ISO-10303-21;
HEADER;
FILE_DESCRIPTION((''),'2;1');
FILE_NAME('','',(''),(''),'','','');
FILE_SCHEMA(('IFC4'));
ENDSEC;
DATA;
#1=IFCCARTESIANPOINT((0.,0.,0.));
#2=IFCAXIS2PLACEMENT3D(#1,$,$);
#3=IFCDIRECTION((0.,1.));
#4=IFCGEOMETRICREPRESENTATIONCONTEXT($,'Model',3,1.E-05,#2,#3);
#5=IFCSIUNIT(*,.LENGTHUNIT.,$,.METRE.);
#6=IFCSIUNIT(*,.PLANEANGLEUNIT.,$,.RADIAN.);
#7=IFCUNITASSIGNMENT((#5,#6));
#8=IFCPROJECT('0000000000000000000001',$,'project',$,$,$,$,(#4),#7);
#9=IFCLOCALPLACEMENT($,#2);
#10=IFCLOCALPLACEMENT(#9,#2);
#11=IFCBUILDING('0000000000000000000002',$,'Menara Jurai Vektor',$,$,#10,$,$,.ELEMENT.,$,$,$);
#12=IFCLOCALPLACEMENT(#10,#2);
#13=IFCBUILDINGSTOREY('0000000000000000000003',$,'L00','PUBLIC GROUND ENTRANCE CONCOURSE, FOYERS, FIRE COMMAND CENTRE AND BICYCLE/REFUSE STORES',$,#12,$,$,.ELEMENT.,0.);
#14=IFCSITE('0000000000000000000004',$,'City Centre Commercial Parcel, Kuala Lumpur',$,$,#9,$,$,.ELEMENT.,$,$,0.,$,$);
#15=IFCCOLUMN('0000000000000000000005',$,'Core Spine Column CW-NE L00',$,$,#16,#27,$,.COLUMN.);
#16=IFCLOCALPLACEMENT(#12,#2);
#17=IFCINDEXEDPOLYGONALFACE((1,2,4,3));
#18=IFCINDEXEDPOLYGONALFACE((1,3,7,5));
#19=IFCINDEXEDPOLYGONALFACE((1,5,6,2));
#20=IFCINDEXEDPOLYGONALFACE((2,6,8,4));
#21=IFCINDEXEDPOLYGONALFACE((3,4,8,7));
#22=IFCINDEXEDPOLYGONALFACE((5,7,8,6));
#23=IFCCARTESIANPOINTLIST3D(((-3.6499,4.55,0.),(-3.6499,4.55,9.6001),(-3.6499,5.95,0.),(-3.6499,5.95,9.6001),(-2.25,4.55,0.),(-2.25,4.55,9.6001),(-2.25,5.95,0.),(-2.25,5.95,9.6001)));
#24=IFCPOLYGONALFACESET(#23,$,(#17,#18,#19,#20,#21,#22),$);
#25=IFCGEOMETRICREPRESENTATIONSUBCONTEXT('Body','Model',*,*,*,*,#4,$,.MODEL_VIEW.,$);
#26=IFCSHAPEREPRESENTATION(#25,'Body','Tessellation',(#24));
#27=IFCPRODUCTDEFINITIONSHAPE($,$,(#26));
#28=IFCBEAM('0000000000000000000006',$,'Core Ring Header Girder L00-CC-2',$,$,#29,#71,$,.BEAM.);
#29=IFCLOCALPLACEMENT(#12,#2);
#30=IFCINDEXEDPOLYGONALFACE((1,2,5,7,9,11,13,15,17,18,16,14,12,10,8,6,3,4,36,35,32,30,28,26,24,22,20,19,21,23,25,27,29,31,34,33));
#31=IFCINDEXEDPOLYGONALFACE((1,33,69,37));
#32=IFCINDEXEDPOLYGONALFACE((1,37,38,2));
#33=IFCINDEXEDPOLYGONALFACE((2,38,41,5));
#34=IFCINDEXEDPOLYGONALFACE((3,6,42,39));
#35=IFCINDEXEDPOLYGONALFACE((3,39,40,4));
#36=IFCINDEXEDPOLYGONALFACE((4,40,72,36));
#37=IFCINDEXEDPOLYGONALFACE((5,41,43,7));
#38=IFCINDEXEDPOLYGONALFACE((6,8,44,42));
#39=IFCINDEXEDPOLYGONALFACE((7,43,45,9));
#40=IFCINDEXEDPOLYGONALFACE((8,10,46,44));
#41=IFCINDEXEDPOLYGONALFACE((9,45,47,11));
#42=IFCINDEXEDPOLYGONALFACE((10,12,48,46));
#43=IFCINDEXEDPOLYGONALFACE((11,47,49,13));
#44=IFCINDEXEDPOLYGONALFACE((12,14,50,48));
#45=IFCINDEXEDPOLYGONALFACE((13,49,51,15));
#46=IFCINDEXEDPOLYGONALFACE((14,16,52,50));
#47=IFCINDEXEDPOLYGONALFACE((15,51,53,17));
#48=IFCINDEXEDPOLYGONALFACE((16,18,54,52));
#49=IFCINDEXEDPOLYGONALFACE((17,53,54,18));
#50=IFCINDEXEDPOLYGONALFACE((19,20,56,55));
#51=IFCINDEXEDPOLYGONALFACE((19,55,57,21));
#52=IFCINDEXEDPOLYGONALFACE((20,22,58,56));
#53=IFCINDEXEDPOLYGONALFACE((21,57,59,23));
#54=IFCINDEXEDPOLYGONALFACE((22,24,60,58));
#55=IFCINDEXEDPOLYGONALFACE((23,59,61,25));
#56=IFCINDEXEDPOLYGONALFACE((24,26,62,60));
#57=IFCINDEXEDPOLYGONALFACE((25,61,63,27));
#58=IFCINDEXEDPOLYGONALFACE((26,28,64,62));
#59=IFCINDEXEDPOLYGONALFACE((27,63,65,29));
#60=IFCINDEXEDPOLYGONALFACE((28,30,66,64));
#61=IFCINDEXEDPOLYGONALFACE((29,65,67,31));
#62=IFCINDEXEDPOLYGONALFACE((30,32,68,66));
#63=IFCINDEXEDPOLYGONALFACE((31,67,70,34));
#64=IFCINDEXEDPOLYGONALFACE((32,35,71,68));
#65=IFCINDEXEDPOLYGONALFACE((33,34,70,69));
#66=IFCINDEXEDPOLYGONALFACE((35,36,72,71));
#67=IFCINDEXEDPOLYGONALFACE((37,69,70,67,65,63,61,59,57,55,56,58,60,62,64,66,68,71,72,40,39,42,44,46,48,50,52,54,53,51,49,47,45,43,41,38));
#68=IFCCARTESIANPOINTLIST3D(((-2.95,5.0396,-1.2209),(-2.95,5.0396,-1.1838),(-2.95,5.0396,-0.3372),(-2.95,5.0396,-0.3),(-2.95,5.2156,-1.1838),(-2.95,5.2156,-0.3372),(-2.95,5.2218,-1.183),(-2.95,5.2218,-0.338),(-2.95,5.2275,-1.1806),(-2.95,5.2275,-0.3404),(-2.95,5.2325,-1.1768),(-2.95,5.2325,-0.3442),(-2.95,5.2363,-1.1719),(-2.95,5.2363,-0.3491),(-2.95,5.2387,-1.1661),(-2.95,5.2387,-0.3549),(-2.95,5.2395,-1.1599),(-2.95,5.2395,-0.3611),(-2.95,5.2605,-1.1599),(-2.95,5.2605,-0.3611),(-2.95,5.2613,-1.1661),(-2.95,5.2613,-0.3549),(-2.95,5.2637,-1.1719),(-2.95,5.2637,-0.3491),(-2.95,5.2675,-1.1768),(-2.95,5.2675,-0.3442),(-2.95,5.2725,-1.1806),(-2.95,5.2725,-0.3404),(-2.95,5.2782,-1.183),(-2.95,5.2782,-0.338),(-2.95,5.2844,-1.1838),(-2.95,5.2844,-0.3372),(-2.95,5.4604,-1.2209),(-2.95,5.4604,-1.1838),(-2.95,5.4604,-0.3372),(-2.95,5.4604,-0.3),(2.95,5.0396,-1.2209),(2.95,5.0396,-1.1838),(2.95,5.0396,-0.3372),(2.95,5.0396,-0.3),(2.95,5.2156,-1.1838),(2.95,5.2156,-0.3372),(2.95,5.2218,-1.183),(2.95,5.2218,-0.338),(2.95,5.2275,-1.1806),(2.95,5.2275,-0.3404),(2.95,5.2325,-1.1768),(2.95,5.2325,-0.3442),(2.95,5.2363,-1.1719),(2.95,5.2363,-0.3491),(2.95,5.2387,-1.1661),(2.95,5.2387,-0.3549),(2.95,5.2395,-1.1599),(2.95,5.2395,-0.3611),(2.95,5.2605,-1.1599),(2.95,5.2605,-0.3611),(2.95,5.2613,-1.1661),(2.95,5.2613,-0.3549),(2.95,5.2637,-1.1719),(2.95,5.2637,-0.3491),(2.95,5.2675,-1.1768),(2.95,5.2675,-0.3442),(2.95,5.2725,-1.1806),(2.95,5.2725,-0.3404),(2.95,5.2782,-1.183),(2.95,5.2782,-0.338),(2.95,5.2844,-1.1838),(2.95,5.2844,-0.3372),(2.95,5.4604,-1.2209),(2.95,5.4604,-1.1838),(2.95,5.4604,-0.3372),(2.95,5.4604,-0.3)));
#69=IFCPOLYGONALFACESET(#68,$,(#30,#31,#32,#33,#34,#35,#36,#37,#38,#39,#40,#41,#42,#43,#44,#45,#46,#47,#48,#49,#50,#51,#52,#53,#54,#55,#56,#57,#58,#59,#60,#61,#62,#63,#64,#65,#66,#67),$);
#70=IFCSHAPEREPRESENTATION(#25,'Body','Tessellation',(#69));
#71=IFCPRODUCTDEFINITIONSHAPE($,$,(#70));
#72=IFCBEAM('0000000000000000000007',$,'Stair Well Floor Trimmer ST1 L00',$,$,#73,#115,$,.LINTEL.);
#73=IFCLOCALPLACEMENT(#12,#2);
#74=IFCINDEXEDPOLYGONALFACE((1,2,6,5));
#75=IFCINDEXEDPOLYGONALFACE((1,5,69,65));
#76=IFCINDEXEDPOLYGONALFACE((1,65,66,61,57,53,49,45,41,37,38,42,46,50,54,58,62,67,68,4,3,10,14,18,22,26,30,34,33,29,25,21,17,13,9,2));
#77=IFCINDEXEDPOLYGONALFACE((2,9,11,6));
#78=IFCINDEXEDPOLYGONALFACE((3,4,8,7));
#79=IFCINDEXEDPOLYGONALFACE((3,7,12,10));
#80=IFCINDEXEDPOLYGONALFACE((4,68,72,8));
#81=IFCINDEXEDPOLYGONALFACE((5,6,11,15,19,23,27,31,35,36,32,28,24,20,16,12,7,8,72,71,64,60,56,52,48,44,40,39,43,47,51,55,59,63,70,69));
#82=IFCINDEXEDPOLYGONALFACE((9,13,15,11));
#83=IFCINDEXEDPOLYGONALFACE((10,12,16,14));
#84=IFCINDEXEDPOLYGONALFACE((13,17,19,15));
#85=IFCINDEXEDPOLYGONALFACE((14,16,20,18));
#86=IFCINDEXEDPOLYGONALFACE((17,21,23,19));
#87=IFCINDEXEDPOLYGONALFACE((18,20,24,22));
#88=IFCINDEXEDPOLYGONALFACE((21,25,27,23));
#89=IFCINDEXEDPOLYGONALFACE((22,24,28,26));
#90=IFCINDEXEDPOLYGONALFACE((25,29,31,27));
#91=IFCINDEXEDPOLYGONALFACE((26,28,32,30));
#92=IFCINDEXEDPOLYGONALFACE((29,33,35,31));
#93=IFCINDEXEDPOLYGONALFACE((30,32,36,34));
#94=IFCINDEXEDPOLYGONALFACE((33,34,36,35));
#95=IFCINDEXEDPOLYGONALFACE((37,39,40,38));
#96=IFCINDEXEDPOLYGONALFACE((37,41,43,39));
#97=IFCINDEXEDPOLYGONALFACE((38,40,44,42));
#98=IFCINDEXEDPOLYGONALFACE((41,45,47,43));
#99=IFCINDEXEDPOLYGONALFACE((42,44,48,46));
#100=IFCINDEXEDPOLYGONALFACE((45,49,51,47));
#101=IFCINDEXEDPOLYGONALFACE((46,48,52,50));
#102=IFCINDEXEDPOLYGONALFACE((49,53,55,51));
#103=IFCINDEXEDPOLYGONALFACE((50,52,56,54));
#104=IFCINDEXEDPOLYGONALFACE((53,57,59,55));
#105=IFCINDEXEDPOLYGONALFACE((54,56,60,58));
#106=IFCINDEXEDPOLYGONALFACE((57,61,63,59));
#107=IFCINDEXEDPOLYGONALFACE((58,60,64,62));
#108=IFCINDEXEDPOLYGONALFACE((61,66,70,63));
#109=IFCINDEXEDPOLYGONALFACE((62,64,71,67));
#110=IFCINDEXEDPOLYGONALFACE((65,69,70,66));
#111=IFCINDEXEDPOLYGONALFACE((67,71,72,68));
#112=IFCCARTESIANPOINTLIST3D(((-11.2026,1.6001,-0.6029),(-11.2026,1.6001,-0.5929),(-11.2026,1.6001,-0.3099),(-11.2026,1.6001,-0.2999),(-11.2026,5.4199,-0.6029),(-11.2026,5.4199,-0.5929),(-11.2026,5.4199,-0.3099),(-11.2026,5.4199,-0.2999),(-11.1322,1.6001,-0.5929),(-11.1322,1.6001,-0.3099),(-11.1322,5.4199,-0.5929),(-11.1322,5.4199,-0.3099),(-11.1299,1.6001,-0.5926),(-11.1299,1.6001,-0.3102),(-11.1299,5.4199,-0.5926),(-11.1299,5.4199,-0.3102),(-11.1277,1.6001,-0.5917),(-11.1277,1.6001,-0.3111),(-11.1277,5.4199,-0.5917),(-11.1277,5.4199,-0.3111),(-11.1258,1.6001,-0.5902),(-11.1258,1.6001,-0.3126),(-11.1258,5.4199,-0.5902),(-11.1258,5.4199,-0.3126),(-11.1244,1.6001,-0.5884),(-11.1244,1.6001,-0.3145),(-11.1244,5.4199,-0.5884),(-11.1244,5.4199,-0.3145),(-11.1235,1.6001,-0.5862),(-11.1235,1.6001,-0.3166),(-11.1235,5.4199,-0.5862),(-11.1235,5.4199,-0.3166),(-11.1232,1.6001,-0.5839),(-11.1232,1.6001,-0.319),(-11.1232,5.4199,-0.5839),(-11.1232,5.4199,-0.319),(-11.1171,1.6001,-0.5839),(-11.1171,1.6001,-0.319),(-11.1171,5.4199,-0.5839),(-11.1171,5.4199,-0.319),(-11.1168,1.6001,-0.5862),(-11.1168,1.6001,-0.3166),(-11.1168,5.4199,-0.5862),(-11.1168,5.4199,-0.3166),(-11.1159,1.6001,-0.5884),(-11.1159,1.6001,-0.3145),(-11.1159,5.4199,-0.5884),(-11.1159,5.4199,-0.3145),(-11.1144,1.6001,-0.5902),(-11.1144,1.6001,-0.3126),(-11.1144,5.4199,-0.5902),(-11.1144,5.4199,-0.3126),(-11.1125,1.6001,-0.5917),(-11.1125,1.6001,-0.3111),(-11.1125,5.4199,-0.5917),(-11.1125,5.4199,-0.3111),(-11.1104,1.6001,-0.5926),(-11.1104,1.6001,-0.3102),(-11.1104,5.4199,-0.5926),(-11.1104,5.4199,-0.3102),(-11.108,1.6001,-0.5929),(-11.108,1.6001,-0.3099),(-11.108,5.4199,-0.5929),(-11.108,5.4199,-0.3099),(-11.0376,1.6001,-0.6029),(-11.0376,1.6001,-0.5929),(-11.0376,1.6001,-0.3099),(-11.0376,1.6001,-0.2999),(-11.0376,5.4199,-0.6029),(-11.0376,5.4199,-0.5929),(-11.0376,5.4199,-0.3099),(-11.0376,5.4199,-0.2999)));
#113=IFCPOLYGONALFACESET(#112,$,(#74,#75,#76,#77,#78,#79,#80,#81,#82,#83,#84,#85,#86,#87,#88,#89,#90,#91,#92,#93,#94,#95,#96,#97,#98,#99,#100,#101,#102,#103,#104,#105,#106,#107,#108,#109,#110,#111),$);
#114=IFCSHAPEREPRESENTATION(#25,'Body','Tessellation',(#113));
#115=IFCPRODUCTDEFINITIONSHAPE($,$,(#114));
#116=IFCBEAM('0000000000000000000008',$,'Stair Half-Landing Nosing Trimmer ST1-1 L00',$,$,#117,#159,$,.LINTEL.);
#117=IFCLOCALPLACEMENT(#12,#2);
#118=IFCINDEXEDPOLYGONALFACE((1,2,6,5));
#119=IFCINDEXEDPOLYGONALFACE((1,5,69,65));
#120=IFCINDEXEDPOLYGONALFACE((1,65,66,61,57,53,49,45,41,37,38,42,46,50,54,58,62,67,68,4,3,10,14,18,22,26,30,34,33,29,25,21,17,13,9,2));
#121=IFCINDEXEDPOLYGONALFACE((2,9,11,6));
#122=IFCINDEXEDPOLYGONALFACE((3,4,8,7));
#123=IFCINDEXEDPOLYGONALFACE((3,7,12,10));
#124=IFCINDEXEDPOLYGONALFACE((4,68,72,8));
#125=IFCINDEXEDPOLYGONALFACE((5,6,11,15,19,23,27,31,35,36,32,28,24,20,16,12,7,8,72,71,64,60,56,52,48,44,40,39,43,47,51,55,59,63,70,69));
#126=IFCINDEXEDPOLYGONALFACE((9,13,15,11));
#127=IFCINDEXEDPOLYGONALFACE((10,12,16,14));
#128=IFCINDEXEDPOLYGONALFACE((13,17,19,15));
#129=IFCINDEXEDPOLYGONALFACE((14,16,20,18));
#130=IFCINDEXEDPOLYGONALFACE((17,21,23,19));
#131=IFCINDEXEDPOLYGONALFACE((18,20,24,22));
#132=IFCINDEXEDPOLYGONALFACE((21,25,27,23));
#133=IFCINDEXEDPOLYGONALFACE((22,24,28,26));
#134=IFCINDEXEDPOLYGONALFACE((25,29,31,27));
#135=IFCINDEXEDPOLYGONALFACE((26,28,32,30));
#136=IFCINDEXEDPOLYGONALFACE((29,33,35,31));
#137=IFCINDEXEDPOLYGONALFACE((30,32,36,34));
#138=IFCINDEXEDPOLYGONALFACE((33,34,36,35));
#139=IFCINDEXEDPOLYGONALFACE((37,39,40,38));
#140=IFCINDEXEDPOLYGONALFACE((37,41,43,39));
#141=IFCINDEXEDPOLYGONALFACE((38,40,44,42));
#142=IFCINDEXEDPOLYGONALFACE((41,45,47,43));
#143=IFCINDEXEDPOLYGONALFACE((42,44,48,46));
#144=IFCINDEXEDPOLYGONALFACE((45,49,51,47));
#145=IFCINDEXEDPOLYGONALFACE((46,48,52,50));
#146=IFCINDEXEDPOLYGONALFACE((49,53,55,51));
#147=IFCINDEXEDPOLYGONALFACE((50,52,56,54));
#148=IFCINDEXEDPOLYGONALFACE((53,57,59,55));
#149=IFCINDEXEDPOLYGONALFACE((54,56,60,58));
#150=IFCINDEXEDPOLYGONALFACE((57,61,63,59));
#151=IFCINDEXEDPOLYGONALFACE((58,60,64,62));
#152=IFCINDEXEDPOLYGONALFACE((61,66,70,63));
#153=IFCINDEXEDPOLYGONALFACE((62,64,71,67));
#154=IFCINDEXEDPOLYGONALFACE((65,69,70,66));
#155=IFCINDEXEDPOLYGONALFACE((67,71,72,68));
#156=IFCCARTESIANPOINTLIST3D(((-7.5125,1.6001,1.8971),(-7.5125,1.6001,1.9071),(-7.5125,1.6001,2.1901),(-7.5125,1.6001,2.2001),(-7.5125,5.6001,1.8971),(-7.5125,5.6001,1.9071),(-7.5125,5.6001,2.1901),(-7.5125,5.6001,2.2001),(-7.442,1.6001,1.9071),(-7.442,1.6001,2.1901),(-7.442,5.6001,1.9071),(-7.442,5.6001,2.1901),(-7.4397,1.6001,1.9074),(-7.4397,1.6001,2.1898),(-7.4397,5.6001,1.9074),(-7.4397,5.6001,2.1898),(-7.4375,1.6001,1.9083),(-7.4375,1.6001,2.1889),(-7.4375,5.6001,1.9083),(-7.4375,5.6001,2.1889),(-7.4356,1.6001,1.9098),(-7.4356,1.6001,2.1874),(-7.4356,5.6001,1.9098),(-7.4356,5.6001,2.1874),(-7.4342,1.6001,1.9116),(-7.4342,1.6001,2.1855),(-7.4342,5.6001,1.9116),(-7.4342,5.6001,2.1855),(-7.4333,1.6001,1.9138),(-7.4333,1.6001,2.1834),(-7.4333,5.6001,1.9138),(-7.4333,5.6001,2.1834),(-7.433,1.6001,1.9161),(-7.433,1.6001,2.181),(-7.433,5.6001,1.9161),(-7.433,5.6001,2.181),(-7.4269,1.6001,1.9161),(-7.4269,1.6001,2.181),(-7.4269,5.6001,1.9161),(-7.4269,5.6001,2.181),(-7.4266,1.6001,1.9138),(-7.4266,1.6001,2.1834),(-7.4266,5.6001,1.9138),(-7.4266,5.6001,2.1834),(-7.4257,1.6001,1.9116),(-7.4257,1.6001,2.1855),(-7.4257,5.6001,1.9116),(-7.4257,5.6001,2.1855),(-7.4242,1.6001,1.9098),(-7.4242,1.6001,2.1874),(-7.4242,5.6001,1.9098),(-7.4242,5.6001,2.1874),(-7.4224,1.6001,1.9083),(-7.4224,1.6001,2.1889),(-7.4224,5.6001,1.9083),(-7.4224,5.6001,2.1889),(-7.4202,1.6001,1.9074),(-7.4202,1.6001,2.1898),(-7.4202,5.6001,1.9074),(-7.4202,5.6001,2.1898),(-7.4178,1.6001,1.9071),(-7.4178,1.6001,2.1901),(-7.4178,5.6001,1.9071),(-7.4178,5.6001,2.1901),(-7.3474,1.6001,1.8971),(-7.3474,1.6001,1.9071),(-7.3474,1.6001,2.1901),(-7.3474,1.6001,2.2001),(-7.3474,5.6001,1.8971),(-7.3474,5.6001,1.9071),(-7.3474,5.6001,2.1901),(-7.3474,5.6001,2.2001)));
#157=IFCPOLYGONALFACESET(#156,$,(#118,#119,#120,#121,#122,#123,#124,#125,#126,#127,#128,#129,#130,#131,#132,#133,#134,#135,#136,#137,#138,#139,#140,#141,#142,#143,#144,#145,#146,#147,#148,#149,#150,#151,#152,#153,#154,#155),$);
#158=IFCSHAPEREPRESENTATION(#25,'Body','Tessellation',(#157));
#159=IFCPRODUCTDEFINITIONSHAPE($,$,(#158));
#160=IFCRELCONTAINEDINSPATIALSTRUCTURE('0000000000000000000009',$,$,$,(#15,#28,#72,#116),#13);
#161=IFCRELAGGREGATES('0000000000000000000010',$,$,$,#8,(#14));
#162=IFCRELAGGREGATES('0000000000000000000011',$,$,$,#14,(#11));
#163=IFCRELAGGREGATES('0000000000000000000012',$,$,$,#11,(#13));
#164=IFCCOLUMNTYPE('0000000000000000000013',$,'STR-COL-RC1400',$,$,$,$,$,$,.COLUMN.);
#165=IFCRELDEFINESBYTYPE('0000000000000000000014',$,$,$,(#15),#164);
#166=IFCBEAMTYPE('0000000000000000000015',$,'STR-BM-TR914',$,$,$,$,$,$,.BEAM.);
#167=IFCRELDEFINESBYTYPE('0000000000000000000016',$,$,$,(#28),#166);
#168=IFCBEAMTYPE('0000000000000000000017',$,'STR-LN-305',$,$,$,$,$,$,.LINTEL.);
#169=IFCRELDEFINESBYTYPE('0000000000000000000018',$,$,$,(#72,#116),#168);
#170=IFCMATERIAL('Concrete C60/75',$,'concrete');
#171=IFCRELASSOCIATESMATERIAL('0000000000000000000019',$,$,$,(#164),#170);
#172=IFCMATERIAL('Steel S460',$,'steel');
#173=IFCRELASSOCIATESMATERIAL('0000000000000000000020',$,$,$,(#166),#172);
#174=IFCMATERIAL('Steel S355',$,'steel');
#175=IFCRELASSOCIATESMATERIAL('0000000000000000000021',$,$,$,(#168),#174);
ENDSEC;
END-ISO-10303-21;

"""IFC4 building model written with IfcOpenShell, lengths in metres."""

from ifc_helpers import new_model, si_unit, direction, frame, origin, origin_2d, place, context, subcontext, project, spatial, rectangle, i_section, extrude, material, material_profile, profile_set, type_object, element, save


model = new_model("IFC4")

# Units and contexts
model_context = context("Model", 3, precision=1e-05, world=origin(), true_north=direction((0.0, 1.0)))
body_context = subcontext(model_context, "Body", "Model", "MODEL_VIEW")
ifc_project = project(units=[si_unit("LENGTHUNIT", "METRE"), si_unit("PLANEANGLEUNIT", "RADIAN")], contexts=[model_context])

# Site, building, storey
site_placement = place(None, origin())
site = spatial("IfcSite", under=ifc_project, at=site_placement, Name="City Centre Commercial Parcel, Kuala Lumpur", CompositionType="ELEMENT", RefElevation=0.0)
building_placement = place(site_placement, origin())
building = spatial("IfcBuilding", under=site, at=building_placement, Name="Menara Jurai Vektor", CompositionType="ELEMENT")
storey_placement = place(building_placement, origin())
storey = spatial("IfcBuildingStorey", under=building, at=storey_placement, Name="L00", Description="PUBLIC GROUND ENTRANCE CONCOURSE, FOYERS, FIRE COMMAND CENTRE AND BICYCLE/REFUSE STORES", CompositionType="ELEMENT", Elevation=0.0)

# Column
ifc_material_1 = material(Name="Concrete C60/75", Category="concrete")
ifc_material_profile_1 = material_profile(ifc_material_1, rectangle(XDim=1.3999, YDim=1.3999, at=origin_2d()), Name="RC 1400x1400")
ifc_profile_set_1 = profile_set([ifc_material_profile_1], Name="Concrete C60/75")
column_type = type_object("IfcColumnType", Name="STR-COL-RC1400", PredefinedType="COLUMN", material=ifc_profile_set_1)
column_placement = place(storey_placement, frame((-2.95, 5.25, 0.0), z_axis=(0.0, 0.0, 1.0), x_axis=(1.0, 0.0, 0.0)))
element("IfcColumn", 1, at=column_placement, inside=storey, type_object=column_type, Name="Core Spine Column CW-NE L00", PredefinedType="COLUMN", context=body_context, shape_type="SweptSolid", body=[
    extrude(rectangle(XDim=1.3999, YDim=1.3999, at=origin_2d()), origin(), (0.0, 0.0, 1.0), 9.6001),
])

# Beams
ifc_material_2 = material(Name="Steel S460", Category="steel")
ifc_material_profile_2 = material_profile(ifc_material_2, i_section(OverallWidth=0.4209, OverallDepth=0.9209, WebThickness=0.021, FlangeThickness=0.0371, FilletRadius=0.0239, at=origin_2d()), Name="UKB 914x419x388")
ifc_profile_set_2 = profile_set([ifc_material_profile_2], Name="Steel S460")
beam_type_1 = type_object("IfcBeamType", Name="STR-BM-TR914", PredefinedType="BEAM", material=ifc_profile_set_2)
beam_1_placement = place(storey_placement, frame((-2.95, 5.25, -0.7605), z_axis=(1.0, 0.0, 0.0), x_axis=(0.0, 1.0, 0.0)))
element("IfcBeam", 2, at=beam_1_placement, inside=storey, type_object=beam_type_1, Name="Core Ring Header Girder L00-CC-2", PredefinedType="BEAM", context=body_context, shape_type="SweptSolid", body=[
    extrude(i_section(OverallWidth=0.4209, OverallDepth=0.9209, WebThickness=0.021, FlangeThickness=0.0371, FilletRadius=0.0239, at=origin_2d()), origin(), (0.0, 0.0, 1.0), 5.8999),
])
ifc_material_3 = material(Name="Steel S355", Category="steel")
ifc_material_profile_3 = material_profile(ifc_material_3, i_section(OverallWidth=0.165, OverallDepth=0.303, WebThickness=0.0061, FlangeThickness=0.01, FilletRadius=0.009, at=origin_2d()), Name="UKB 305x165x40")
ifc_profile_set_3 = profile_set([ifc_material_profile_3], Name="Steel S355")
beam_type_2 = type_object("IfcBeamType", Name="STR-LN-305", PredefinedType="LINTEL", material=ifc_profile_set_3)
beam_2_placement = place(storey_placement, frame((-11.1201, 1.6001, -0.4514), z_axis=(0.0, 1.0, 0.0), x_axis=(-1.0, 0.0, 0.0)))
element("IfcBeam", 3, at=beam_2_placement, inside=storey, type_object=beam_type_2, Name="Stair Well Floor Trimmer ST1 L00", PredefinedType="LINTEL", context=body_context, shape_type="SweptSolid", body=[
    extrude(i_section(OverallWidth=0.165, OverallDepth=0.303, WebThickness=0.0061, FlangeThickness=0.01, FilletRadius=0.009, at=origin_2d()), origin(), (0.0, 0.0, 1.0), 3.8198),
])
beam_3_placement = place(storey_placement, frame((-7.4299, 1.6001, 2.0486), z_axis=(0.0, 1.0, 0.0), x_axis=(-1.0, 0.0, 0.0)))
element("IfcBeam", 4, at=beam_3_placement, inside=storey, type_object=beam_type_2, Name="Stair Half-Landing Nosing Trimmer ST1-1 L00", PredefinedType="LINTEL", context=body_context, shape_type="SweptSolid", body=[
    extrude(i_section(OverallWidth=0.165, OverallDepth=0.303, WebThickness=0.0061, FlangeThickness=0.01, FilletRadius=0.009, at=origin_2d()), origin(), (0.0, 0.0, 1.0), 4.0),
])

save(model, "model.ifc")
